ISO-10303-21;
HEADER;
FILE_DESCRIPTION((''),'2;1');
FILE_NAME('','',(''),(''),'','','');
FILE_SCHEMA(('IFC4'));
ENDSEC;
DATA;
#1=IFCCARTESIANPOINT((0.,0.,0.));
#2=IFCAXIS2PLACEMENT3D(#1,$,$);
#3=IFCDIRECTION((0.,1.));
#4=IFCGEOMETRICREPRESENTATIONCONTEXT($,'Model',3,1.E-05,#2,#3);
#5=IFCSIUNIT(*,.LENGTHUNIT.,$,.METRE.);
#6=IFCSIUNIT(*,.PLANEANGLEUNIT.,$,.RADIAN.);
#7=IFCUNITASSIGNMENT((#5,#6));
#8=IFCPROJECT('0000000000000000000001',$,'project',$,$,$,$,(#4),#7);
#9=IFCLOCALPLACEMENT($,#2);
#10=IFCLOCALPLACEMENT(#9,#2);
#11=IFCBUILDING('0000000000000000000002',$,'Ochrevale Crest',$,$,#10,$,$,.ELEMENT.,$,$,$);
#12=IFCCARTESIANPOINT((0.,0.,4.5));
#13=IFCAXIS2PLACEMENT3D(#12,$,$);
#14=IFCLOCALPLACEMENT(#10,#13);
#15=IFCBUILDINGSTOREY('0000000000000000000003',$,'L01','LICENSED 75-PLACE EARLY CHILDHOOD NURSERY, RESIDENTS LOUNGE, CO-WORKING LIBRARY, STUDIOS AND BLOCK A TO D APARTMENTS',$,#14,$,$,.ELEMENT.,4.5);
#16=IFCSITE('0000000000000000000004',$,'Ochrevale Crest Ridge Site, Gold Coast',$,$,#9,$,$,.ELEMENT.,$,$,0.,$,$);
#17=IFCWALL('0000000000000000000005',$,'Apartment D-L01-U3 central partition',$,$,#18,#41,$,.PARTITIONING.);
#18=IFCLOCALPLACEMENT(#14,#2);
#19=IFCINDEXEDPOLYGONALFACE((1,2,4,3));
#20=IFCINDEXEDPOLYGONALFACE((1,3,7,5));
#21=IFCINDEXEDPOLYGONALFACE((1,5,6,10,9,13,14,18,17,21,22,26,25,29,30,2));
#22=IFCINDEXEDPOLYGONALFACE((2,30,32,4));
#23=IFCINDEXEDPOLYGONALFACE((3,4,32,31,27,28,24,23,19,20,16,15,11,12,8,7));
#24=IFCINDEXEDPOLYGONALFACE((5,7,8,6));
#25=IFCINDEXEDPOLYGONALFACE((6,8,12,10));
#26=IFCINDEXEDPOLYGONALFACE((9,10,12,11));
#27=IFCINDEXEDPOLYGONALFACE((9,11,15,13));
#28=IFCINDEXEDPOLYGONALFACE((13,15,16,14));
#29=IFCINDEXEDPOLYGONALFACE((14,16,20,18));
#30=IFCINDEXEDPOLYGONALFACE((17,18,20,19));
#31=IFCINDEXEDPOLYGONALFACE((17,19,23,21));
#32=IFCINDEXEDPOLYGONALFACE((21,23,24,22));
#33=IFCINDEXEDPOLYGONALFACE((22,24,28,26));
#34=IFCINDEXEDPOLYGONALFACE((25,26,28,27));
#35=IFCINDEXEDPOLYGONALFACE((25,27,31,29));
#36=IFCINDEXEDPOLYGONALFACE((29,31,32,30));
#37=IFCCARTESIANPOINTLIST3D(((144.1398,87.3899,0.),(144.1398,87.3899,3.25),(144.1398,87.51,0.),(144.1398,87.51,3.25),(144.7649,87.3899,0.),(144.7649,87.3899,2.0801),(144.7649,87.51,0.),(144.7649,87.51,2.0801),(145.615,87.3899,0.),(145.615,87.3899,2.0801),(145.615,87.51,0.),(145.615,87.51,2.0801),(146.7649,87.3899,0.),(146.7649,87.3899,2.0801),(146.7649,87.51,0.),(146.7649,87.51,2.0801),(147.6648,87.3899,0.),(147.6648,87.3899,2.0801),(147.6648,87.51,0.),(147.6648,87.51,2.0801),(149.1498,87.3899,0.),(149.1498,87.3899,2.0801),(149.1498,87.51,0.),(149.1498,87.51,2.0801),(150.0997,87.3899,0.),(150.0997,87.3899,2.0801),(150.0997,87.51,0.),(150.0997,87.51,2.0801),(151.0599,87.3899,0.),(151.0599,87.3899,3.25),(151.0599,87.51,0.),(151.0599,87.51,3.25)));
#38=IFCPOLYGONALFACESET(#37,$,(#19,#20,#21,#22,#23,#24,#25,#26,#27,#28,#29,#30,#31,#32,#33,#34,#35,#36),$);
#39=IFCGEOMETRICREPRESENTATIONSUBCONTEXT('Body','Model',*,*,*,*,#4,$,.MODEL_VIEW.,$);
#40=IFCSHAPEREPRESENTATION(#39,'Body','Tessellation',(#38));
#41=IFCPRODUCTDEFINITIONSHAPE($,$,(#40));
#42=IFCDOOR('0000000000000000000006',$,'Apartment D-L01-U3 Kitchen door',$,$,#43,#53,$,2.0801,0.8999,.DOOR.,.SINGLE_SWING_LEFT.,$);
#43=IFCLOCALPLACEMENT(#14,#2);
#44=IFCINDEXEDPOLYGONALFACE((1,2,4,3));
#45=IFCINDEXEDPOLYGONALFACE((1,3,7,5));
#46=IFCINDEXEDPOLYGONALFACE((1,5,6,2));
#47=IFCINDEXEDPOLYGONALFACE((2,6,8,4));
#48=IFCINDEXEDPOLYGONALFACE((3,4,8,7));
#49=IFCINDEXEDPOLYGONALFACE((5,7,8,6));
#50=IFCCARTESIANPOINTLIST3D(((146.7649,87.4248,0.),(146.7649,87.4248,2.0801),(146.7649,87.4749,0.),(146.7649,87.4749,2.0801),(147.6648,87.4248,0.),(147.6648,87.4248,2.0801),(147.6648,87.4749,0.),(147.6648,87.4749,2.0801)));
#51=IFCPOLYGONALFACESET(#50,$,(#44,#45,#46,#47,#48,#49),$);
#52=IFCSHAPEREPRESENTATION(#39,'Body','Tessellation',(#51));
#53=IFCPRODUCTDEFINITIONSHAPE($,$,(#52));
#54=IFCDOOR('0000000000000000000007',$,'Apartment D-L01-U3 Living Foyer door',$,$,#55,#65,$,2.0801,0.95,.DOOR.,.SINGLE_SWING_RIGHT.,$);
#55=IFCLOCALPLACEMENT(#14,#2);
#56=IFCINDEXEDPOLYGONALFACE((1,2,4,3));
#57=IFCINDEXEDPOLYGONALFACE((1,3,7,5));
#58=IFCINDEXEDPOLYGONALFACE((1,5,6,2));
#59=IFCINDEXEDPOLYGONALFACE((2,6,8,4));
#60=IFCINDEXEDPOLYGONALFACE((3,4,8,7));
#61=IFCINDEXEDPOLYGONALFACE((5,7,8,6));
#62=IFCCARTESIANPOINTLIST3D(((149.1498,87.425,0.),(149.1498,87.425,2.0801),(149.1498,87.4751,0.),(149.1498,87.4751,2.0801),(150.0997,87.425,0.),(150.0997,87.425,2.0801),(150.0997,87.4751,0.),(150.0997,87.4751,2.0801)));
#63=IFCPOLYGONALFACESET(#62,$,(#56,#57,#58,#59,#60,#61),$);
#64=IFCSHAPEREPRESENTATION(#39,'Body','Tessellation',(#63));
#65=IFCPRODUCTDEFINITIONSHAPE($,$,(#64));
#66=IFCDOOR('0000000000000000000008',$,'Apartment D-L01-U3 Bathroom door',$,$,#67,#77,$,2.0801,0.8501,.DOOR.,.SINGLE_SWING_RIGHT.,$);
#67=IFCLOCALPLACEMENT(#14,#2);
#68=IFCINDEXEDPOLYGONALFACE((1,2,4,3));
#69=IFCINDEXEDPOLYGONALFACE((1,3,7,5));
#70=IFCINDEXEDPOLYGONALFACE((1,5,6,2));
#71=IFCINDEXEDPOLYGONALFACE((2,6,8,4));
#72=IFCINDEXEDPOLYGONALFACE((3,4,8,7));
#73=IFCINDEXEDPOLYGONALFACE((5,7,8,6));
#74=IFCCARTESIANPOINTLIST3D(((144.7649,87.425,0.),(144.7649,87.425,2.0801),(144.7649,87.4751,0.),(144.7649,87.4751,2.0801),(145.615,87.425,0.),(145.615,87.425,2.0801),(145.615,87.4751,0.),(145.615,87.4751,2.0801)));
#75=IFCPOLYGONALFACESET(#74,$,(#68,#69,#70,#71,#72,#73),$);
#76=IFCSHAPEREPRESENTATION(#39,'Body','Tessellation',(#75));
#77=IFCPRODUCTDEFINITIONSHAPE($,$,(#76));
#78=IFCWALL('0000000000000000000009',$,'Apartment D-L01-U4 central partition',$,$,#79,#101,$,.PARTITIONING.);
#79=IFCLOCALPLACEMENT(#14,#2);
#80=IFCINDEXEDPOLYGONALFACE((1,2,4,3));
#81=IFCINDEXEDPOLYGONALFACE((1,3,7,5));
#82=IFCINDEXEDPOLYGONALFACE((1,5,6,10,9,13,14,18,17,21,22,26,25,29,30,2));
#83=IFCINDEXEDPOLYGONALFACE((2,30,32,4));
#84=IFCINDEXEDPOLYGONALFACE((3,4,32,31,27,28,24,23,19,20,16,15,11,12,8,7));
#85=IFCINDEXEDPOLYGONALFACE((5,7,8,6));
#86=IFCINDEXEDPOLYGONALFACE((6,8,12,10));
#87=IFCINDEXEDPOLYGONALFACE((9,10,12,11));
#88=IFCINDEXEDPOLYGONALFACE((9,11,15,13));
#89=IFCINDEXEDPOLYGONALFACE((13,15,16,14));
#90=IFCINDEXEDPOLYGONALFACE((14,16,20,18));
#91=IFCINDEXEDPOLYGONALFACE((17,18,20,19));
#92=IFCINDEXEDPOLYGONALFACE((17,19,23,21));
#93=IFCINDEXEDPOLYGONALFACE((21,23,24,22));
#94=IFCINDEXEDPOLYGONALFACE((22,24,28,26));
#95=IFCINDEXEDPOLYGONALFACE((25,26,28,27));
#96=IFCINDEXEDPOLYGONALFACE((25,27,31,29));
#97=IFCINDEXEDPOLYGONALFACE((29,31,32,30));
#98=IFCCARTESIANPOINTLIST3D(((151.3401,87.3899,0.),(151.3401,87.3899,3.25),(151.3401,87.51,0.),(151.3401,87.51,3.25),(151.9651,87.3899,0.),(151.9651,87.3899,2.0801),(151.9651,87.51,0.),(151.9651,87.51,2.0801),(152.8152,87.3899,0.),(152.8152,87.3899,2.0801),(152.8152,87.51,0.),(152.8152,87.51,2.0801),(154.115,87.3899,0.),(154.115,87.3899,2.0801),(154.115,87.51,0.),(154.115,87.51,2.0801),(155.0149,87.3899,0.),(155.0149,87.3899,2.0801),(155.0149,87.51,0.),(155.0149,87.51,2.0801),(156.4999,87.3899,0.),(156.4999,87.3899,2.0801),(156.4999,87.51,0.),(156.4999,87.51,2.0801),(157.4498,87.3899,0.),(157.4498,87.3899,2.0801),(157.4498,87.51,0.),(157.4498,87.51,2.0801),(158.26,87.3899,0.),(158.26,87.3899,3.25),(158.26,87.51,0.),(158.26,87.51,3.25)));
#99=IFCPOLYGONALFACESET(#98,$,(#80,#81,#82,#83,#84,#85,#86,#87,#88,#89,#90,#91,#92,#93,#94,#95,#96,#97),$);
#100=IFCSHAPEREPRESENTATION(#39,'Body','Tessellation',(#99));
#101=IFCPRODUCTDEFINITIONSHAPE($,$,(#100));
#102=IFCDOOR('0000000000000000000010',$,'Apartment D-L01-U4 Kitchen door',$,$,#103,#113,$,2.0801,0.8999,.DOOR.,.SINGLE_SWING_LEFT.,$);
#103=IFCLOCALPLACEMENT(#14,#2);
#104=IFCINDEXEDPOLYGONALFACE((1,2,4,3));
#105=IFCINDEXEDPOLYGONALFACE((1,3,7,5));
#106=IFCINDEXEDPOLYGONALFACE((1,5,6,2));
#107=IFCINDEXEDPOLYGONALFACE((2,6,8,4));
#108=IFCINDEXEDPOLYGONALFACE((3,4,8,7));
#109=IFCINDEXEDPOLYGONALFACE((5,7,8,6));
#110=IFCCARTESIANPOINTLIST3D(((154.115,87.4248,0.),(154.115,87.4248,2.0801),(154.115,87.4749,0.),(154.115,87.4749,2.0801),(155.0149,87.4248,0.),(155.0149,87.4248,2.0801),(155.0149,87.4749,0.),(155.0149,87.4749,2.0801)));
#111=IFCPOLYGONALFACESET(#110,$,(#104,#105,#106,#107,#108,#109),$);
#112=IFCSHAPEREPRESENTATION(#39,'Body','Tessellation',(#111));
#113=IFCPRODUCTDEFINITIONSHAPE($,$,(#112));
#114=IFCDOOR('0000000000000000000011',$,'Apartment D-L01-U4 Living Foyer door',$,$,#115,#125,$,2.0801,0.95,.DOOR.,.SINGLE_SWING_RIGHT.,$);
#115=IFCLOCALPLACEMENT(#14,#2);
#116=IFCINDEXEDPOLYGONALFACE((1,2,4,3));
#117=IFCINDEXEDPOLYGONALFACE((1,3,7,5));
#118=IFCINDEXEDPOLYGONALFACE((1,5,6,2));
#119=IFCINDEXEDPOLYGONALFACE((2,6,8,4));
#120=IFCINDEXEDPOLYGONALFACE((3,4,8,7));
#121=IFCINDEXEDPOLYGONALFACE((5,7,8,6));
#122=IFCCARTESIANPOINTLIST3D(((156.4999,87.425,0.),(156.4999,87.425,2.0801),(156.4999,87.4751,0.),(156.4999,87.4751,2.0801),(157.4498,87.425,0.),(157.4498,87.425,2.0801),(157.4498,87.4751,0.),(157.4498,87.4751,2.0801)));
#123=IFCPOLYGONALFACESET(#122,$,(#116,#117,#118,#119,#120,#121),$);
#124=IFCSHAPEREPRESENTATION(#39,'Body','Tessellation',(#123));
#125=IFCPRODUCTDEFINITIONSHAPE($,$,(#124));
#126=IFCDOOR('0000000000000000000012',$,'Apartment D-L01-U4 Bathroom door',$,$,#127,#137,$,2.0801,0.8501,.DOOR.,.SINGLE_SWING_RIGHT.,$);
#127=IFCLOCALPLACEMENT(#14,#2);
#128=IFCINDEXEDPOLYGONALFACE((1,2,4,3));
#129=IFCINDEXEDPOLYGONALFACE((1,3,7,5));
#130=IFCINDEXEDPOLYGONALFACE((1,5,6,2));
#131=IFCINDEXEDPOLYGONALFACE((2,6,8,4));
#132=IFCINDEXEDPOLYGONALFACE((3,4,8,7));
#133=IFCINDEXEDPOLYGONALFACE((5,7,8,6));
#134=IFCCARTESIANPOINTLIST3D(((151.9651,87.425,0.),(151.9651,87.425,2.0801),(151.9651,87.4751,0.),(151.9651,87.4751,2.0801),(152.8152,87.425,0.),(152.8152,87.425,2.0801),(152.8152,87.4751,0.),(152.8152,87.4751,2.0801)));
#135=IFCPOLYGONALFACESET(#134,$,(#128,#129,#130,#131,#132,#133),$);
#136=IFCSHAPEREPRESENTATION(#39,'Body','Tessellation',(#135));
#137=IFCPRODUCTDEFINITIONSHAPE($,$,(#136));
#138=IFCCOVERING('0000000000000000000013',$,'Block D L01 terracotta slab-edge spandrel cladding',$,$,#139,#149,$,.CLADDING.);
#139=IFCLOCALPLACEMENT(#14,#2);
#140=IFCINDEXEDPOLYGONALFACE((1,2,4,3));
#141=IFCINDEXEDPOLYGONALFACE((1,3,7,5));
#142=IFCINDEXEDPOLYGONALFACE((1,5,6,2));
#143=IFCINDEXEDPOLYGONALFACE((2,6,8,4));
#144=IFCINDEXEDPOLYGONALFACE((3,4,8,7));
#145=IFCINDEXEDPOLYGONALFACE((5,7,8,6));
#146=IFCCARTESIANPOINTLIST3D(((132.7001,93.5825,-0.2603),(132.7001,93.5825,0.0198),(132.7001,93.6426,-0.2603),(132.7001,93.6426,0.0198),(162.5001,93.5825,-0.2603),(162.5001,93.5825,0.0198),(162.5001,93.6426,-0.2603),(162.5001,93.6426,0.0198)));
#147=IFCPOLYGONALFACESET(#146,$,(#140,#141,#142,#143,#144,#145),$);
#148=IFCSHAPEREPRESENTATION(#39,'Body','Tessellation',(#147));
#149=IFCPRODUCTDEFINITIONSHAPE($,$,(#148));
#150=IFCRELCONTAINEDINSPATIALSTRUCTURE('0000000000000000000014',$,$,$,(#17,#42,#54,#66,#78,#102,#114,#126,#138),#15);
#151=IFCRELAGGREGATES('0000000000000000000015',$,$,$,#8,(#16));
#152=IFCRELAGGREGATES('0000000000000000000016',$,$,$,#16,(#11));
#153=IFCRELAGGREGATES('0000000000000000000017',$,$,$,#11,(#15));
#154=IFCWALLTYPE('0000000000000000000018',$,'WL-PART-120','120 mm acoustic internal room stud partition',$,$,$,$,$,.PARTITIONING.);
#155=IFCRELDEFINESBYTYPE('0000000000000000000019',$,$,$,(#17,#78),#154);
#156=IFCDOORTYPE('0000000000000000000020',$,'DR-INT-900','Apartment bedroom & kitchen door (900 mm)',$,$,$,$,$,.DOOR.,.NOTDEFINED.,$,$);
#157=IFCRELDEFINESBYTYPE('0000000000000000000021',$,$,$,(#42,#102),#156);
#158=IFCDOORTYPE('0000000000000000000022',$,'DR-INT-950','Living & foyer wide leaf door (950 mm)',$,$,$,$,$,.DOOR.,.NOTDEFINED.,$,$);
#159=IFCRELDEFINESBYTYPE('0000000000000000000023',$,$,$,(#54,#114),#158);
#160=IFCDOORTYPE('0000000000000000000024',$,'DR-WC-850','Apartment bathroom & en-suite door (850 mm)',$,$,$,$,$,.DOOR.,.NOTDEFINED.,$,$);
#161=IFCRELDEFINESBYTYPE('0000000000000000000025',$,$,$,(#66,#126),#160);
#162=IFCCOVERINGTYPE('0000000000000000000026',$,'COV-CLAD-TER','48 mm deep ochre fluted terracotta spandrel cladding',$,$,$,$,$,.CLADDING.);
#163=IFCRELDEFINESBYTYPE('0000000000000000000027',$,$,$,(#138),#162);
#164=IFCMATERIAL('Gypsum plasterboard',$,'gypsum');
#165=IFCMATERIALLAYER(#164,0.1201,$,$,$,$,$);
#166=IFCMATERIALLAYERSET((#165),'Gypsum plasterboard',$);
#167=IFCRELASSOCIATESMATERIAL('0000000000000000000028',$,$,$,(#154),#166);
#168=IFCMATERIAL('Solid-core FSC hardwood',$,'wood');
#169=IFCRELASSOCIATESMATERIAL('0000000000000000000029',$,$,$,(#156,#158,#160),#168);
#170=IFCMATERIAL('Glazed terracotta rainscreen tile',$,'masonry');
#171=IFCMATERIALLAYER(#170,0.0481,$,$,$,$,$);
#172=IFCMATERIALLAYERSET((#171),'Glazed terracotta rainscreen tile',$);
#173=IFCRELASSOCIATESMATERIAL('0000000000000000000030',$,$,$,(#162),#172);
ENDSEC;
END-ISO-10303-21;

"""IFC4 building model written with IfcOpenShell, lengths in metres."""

from ifc_helpers import new_model, si_unit, direction, frame, frame_2d, origin, origin_2d, place, context, subcontext, project, spatial, rectangle, extrude, material, layer, layer_set, type_object, element, fill, save


model = new_model("IFC4")

# Units and contexts
model_context = context("Model", 3, precision=1e-05, world=origin(), true_north=direction((0.0, 1.0)))
body_context = subcontext(model_context, "Body", "Model", "MODEL_VIEW")
ifc_project = project(units=[si_unit("LENGTHUNIT", "METRE"), si_unit("PLANEANGLEUNIT", "RADIAN")], contexts=[model_context])

# Site, building, storey
site_placement = place(None, origin())
site = spatial("IfcSite", under=ifc_project, at=site_placement, Name="Ochrevale Crest Ridge Site, Gold Coast", CompositionType="ELEMENT", RefElevation=0.0)
building_placement = place(site_placement, origin())
building = spatial("IfcBuilding", under=site, at=building_placement, Name="Ochrevale Crest", CompositionType="ELEMENT")
storey_placement = place(building_placement, frame((0.0, 0.0, 4.5)))
storey = spatial("IfcBuildingStorey", under=building, at=storey_placement, Name="L01", Description="LICENSED 75-PLACE EARLY CHILDHOOD NURSERY, RESIDENTS LOUNGE, CO-WORKING LIBRARY, STUDIOS AND BLOCK A TO D APARTMENTS", CompositionType="ELEMENT", Elevation=4.5)

# Walls, openings, doors
ifc_material_1 = material(Name="Gypsum plasterboard", Category="gypsum")
ifc_layer_1 = layer(ifc_material_1, 0.1201)
ifc_layer_set_1 = layer_set([ifc_layer_1], Name="Gypsum plasterboard")
wall_type_1 = type_object("IfcWallType", Name="WL-PART-120", Description="120 mm acoustic internal room stud partition", PredefinedType="PARTITIONING", material=ifc_layer_set_1)
wall_1_placement = place(storey_placement, frame((144.1399, 87.45, 0.0), z_axis=(0.0, 0.0, 1.0), x_axis=(1.0, 0.0, 0.0)))
wall_1 = element("IfcWall", 1, at=wall_1_placement, inside=storey, type_object=wall_type_1, Name="Apartment D-L01-U3 central partition", PredefinedType="PARTITIONING", context=body_context, shape_type="SweptSolid", body=[
    extrude(rectangle(XDim=6.9202, YDim=0.1201, at=frame_2d((3.46, 0.0))), origin(), (0.0, 0.0, 1.0), 3.25),
])
opening_1_placement = place(wall_1_placement, frame((1.4751, 0.0, 0.0), z_axis=(0.0, 0.0, 1.0), x_axis=(-1.0, 0.0, 0.0)))
opening_1 = element("IfcOpeningElement", 2, at=opening_1_placement, cuts=wall_1, PredefinedType="OPENING", context=body_context, shape_type="SweptSolid", body=[
    extrude(rectangle(XDim=0.8501, YDim=2.0801, at=frame_2d((0.425, 1.04))), frame((0.0, 0.0701, 0.0), z_axis=(0.0, -1.0, 0.0), x_axis=(1.0, 0.0, 0.0)), (0.0, 0.0, 1.0), 0.1401),
])
opening_2_placement = place(wall_1_placement, frame((2.625, 0.0, 0.0)))
opening_2 = element("IfcOpeningElement", 3, at=opening_2_placement, cuts=wall_1, PredefinedType="OPENING", context=body_context, shape_type="SweptSolid", body=[
    extrude(rectangle(XDim=0.8999, YDim=2.0801, at=frame_2d((0.45, 1.04))), frame((0.0, 0.0701, 0.0), z_axis=(0.0, -1.0, 0.0), x_axis=(1.0, 0.0, 0.0)), (0.0, 0.0, 1.0), 0.1401),
])
opening_3_placement = place(wall_1_placement, frame((5.96, 0.0, 0.0), z_axis=(0.0, 0.0, 1.0), x_axis=(-1.0, 0.0, 0.0)))
opening_3 = element("IfcOpeningElement", 4, at=opening_3_placement, cuts=wall_1, PredefinedType="OPENING", context=body_context, shape_type="SweptSolid", body=[
    extrude(rectangle(XDim=0.95, YDim=2.0801, at=frame_2d((0.4751, 1.04))), frame((0.0, 0.0701, 0.0), z_axis=(0.0, -1.0, 0.0), x_axis=(1.0, 0.0, 0.0)), (0.0, 0.0, 1.0), 0.1401),
])
ifc_material_2 = material(Name="Solid-core FSC hardwood", Category="wood")
door_type_1 = type_object("IfcDoorType", Name="DR-INT-900", Description="Apartment bedroom & kitchen door (900 mm)", OperationType="NOTDEFINED", PredefinedType="DOOR", material=ifc_material_2)
door_1_placement = place(opening_2_placement, origin())
door_1 = element("IfcDoor", 5, at=door_1_placement, inside=storey, type_object=door_type_1, Name="Apartment D-L01-U3 Kitchen door", OperationType="SINGLE_SWING_LEFT", OverallHeight=2.0801, OverallWidth=0.8999, PredefinedType="DOOR", context=body_context, shape_type="SweptSolid", body=[
    extrude(rectangle(XDim=0.8999, YDim=2.0801, at=frame_2d((0.45, 1.04))), frame((0.0, 0.0249, 0.0), z_axis=(0.0, -1.0, 0.0), x_axis=(1.0, 0.0, 0.0)), (0.0, 0.0, 1.0), 0.05),
])
fill(opening_2, door_1)
door_type_2 = type_object("IfcDoorType", Name="DR-INT-950", Description="Living & foyer wide leaf door (950 mm)", OperationType="NOTDEFINED", PredefinedType="DOOR", material=ifc_material_2)
door_2_placement = place(opening_3_placement, origin())
door_2 = element("IfcDoor", 6, at=door_2_placement, inside=storey, type_object=door_type_2, Name="Apartment D-L01-U3 Living Foyer door", OperationType="SINGLE_SWING_RIGHT", OverallHeight=2.0801, OverallWidth=0.95, PredefinedType="DOOR", context=body_context, shape_type="SweptSolid", body=[
    extrude(rectangle(XDim=0.95, YDim=2.0801, at=frame_2d((0.4751, 1.04))), frame((0.0, 0.0249, 0.0), z_axis=(0.0, -1.0, 0.0), x_axis=(1.0, 0.0, 0.0)), (0.0, 0.0, 1.0), 0.05),
])
fill(opening_3, door_2)
door_type_3 = type_object("IfcDoorType", Name="DR-WC-850", Description="Apartment bathroom & en-suite door (850 mm)", OperationType="NOTDEFINED", PredefinedType="DOOR", material=ifc_material_2)
door_3_placement = place(opening_1_placement, origin())
door_3 = element("IfcDoor", 7, at=door_3_placement, inside=storey, type_object=door_type_3, Name="Apartment D-L01-U3 Bathroom door", OperationType="SINGLE_SWING_RIGHT", OverallHeight=2.0801, OverallWidth=0.8501, PredefinedType="DOOR", context=body_context, shape_type="SweptSolid", body=[
    extrude(rectangle(XDim=0.8501, YDim=2.0801, at=frame_2d((0.425, 1.04))), frame((0.0, 0.0249, 0.0), z_axis=(0.0, -1.0, 0.0), x_axis=(1.0, 0.0, 0.0)), (0.0, 0.0, 1.0), 0.05),
])
fill(opening_1, door_3)
wall_2_placement = place(storey_placement, frame((151.3401, 87.45, 0.0), z_axis=(0.0, 0.0, 1.0), x_axis=(1.0, 0.0, 0.0)))
wall_2 = element("IfcWall", 8, at=wall_2_placement, inside=storey, type_object=wall_type_1, Name="Apartment D-L01-U4 central partition", PredefinedType="PARTITIONING", context=body_context, shape_type="SweptSolid", body=[
    extrude(rectangle(XDim=6.9199, YDim=0.1201, at=frame_2d((3.46, 0.0))), origin(), (0.0, 0.0, 1.0), 3.25),
])
opening_4_placement = place(wall_2_placement, frame((1.4751, 0.0, 0.0), z_axis=(0.0, 0.0, 1.0), x_axis=(-1.0, 0.0, 0.0)))
opening_4 = element("IfcOpeningElement", 9, at=opening_4_placement, cuts=wall_2, PredefinedType="OPENING", context=body_context, shape_type="SweptSolid", body=[
    extrude(rectangle(XDim=0.8501, YDim=2.0801, at=frame_2d((0.425, 1.04))), frame((0.0, 0.0701, 0.0), z_axis=(0.0, -1.0, 0.0), x_axis=(1.0, 0.0, 0.0)), (0.0, 0.0, 1.0), 0.1401),
])
opening_5_placement = place(wall_2_placement, frame((2.7749, 0.0, 0.0)))
opening_5 = element("IfcOpeningElement", 10, at=opening_5_placement, cuts=wall_2, PredefinedType="OPENING", context=body_context, shape_type="SweptSolid", body=[
    extrude(rectangle(XDim=0.8999, YDim=2.0801, at=frame_2d((0.45, 1.04))), frame((0.0, 0.0701, 0.0), z_axis=(0.0, -1.0, 0.0), x_axis=(1.0, 0.0, 0.0)), (0.0, 0.0, 1.0), 0.1401),
])
opening_6_placement = place(wall_2_placement, frame((6.1099, 0.0, 0.0), z_axis=(0.0, 0.0, 1.0), x_axis=(-1.0, 0.0, 0.0)))
opening_6 = element("IfcOpeningElement", 11, at=opening_6_placement, cuts=wall_2, PredefinedType="OPENING", context=body_context, shape_type="SweptSolid", body=[
    extrude(rectangle(XDim=0.95, YDim=2.0801, at=frame_2d((0.4751, 1.04))), frame((0.0, 0.0701, 0.0), z_axis=(0.0, -1.0, 0.0), x_axis=(1.0, 0.0, 0.0)), (0.0, 0.0, 1.0), 0.1401),
])
door_4_placement = place(opening_5_placement, origin())
door_4 = element("IfcDoor", 12, at=door_4_placement, inside=storey, type_object=door_type_1, Name="Apartment D-L01-U4 Kitchen door", OperationType="SINGLE_SWING_LEFT", OverallHeight=2.0801, OverallWidth=0.8999, PredefinedType="DOOR", context=body_context, shape_type="SweptSolid", body=[
    extrude(rectangle(XDim=0.8999, YDim=2.0801, at=frame_2d((0.45, 1.04))), frame((0.0, 0.0249, 0.0), z_axis=(0.0, -1.0, 0.0), x_axis=(1.0, 0.0, 0.0)), (0.0, 0.0, 1.0), 0.05),
])
fill(opening_5, door_4)
door_5_placement = place(opening_6_placement, origin())
door_5 = element("IfcDoor", 13, at=door_5_placement, inside=storey, type_object=door_type_2, Name="Apartment D-L01-U4 Living Foyer door", OperationType="SINGLE_SWING_RIGHT", OverallHeight=2.0801, OverallWidth=0.95, PredefinedType="DOOR", context=body_context, shape_type="SweptSolid", body=[
    extrude(rectangle(XDim=0.95, YDim=2.0801, at=frame_2d((0.4751, 1.04))), frame((0.0, 0.0249, 0.0), z_axis=(0.0, -1.0, 0.0), x_axis=(1.0, 0.0, 0.0)), (0.0, 0.0, 1.0), 0.05),
])
fill(opening_6, door_5)
door_6_placement = place(opening_4_placement, origin())
door_6 = element("IfcDoor", 14, at=door_6_placement, inside=storey, type_object=door_type_3, Name="Apartment D-L01-U4 Bathroom door", OperationType="SINGLE_SWING_RIGHT", OverallHeight=2.0801, OverallWidth=0.8501, PredefinedType="DOOR", context=body_context, shape_type="SweptSolid", body=[
    extrude(rectangle(XDim=0.8501, YDim=2.0801, at=frame_2d((0.425, 1.04))), frame((0.0, 0.0249, 0.0), z_axis=(0.0, -1.0, 0.0), x_axis=(1.0, 0.0, 0.0)), (0.0, 0.0, 1.0), 0.05),
])
fill(opening_4, door_6)

# Covering
ifc_material_3 = material(Name="Glazed terracotta rainscreen tile", Category="masonry")
ifc_layer_2 = layer(ifc_material_3, 0.0481)
ifc_layer_set_2 = layer_set([ifc_layer_2], Name="Glazed terracotta rainscreen tile")
covering_type = type_object("IfcCoveringType", Name="COV-CLAD-TER", Description="48 mm deep ochre fluted terracotta spandrel cladding", PredefinedType="CLADDING", material=ifc_layer_set_2)
covering_placement = place(storey_placement, frame((147.6001, 93.6125, -0.2603), z_axis=(0.0, 0.0, 1.0), x_axis=(-1.0, 0.0, 0.0)))
element("IfcCovering", 15, at=covering_placement, inside=storey, type_object=covering_type, Name="Block D L01 terracotta slab-edge spandrel cladding", PredefinedType="CLADDING", context=body_context, shape_type="SweptSolid", body=[
    extrude(rectangle(XDim=29.8, YDim=0.0601, at=origin_2d()), origin(), (0.0, 0.0, 1.0), 0.28),
])

save(model, "model.ifc")
